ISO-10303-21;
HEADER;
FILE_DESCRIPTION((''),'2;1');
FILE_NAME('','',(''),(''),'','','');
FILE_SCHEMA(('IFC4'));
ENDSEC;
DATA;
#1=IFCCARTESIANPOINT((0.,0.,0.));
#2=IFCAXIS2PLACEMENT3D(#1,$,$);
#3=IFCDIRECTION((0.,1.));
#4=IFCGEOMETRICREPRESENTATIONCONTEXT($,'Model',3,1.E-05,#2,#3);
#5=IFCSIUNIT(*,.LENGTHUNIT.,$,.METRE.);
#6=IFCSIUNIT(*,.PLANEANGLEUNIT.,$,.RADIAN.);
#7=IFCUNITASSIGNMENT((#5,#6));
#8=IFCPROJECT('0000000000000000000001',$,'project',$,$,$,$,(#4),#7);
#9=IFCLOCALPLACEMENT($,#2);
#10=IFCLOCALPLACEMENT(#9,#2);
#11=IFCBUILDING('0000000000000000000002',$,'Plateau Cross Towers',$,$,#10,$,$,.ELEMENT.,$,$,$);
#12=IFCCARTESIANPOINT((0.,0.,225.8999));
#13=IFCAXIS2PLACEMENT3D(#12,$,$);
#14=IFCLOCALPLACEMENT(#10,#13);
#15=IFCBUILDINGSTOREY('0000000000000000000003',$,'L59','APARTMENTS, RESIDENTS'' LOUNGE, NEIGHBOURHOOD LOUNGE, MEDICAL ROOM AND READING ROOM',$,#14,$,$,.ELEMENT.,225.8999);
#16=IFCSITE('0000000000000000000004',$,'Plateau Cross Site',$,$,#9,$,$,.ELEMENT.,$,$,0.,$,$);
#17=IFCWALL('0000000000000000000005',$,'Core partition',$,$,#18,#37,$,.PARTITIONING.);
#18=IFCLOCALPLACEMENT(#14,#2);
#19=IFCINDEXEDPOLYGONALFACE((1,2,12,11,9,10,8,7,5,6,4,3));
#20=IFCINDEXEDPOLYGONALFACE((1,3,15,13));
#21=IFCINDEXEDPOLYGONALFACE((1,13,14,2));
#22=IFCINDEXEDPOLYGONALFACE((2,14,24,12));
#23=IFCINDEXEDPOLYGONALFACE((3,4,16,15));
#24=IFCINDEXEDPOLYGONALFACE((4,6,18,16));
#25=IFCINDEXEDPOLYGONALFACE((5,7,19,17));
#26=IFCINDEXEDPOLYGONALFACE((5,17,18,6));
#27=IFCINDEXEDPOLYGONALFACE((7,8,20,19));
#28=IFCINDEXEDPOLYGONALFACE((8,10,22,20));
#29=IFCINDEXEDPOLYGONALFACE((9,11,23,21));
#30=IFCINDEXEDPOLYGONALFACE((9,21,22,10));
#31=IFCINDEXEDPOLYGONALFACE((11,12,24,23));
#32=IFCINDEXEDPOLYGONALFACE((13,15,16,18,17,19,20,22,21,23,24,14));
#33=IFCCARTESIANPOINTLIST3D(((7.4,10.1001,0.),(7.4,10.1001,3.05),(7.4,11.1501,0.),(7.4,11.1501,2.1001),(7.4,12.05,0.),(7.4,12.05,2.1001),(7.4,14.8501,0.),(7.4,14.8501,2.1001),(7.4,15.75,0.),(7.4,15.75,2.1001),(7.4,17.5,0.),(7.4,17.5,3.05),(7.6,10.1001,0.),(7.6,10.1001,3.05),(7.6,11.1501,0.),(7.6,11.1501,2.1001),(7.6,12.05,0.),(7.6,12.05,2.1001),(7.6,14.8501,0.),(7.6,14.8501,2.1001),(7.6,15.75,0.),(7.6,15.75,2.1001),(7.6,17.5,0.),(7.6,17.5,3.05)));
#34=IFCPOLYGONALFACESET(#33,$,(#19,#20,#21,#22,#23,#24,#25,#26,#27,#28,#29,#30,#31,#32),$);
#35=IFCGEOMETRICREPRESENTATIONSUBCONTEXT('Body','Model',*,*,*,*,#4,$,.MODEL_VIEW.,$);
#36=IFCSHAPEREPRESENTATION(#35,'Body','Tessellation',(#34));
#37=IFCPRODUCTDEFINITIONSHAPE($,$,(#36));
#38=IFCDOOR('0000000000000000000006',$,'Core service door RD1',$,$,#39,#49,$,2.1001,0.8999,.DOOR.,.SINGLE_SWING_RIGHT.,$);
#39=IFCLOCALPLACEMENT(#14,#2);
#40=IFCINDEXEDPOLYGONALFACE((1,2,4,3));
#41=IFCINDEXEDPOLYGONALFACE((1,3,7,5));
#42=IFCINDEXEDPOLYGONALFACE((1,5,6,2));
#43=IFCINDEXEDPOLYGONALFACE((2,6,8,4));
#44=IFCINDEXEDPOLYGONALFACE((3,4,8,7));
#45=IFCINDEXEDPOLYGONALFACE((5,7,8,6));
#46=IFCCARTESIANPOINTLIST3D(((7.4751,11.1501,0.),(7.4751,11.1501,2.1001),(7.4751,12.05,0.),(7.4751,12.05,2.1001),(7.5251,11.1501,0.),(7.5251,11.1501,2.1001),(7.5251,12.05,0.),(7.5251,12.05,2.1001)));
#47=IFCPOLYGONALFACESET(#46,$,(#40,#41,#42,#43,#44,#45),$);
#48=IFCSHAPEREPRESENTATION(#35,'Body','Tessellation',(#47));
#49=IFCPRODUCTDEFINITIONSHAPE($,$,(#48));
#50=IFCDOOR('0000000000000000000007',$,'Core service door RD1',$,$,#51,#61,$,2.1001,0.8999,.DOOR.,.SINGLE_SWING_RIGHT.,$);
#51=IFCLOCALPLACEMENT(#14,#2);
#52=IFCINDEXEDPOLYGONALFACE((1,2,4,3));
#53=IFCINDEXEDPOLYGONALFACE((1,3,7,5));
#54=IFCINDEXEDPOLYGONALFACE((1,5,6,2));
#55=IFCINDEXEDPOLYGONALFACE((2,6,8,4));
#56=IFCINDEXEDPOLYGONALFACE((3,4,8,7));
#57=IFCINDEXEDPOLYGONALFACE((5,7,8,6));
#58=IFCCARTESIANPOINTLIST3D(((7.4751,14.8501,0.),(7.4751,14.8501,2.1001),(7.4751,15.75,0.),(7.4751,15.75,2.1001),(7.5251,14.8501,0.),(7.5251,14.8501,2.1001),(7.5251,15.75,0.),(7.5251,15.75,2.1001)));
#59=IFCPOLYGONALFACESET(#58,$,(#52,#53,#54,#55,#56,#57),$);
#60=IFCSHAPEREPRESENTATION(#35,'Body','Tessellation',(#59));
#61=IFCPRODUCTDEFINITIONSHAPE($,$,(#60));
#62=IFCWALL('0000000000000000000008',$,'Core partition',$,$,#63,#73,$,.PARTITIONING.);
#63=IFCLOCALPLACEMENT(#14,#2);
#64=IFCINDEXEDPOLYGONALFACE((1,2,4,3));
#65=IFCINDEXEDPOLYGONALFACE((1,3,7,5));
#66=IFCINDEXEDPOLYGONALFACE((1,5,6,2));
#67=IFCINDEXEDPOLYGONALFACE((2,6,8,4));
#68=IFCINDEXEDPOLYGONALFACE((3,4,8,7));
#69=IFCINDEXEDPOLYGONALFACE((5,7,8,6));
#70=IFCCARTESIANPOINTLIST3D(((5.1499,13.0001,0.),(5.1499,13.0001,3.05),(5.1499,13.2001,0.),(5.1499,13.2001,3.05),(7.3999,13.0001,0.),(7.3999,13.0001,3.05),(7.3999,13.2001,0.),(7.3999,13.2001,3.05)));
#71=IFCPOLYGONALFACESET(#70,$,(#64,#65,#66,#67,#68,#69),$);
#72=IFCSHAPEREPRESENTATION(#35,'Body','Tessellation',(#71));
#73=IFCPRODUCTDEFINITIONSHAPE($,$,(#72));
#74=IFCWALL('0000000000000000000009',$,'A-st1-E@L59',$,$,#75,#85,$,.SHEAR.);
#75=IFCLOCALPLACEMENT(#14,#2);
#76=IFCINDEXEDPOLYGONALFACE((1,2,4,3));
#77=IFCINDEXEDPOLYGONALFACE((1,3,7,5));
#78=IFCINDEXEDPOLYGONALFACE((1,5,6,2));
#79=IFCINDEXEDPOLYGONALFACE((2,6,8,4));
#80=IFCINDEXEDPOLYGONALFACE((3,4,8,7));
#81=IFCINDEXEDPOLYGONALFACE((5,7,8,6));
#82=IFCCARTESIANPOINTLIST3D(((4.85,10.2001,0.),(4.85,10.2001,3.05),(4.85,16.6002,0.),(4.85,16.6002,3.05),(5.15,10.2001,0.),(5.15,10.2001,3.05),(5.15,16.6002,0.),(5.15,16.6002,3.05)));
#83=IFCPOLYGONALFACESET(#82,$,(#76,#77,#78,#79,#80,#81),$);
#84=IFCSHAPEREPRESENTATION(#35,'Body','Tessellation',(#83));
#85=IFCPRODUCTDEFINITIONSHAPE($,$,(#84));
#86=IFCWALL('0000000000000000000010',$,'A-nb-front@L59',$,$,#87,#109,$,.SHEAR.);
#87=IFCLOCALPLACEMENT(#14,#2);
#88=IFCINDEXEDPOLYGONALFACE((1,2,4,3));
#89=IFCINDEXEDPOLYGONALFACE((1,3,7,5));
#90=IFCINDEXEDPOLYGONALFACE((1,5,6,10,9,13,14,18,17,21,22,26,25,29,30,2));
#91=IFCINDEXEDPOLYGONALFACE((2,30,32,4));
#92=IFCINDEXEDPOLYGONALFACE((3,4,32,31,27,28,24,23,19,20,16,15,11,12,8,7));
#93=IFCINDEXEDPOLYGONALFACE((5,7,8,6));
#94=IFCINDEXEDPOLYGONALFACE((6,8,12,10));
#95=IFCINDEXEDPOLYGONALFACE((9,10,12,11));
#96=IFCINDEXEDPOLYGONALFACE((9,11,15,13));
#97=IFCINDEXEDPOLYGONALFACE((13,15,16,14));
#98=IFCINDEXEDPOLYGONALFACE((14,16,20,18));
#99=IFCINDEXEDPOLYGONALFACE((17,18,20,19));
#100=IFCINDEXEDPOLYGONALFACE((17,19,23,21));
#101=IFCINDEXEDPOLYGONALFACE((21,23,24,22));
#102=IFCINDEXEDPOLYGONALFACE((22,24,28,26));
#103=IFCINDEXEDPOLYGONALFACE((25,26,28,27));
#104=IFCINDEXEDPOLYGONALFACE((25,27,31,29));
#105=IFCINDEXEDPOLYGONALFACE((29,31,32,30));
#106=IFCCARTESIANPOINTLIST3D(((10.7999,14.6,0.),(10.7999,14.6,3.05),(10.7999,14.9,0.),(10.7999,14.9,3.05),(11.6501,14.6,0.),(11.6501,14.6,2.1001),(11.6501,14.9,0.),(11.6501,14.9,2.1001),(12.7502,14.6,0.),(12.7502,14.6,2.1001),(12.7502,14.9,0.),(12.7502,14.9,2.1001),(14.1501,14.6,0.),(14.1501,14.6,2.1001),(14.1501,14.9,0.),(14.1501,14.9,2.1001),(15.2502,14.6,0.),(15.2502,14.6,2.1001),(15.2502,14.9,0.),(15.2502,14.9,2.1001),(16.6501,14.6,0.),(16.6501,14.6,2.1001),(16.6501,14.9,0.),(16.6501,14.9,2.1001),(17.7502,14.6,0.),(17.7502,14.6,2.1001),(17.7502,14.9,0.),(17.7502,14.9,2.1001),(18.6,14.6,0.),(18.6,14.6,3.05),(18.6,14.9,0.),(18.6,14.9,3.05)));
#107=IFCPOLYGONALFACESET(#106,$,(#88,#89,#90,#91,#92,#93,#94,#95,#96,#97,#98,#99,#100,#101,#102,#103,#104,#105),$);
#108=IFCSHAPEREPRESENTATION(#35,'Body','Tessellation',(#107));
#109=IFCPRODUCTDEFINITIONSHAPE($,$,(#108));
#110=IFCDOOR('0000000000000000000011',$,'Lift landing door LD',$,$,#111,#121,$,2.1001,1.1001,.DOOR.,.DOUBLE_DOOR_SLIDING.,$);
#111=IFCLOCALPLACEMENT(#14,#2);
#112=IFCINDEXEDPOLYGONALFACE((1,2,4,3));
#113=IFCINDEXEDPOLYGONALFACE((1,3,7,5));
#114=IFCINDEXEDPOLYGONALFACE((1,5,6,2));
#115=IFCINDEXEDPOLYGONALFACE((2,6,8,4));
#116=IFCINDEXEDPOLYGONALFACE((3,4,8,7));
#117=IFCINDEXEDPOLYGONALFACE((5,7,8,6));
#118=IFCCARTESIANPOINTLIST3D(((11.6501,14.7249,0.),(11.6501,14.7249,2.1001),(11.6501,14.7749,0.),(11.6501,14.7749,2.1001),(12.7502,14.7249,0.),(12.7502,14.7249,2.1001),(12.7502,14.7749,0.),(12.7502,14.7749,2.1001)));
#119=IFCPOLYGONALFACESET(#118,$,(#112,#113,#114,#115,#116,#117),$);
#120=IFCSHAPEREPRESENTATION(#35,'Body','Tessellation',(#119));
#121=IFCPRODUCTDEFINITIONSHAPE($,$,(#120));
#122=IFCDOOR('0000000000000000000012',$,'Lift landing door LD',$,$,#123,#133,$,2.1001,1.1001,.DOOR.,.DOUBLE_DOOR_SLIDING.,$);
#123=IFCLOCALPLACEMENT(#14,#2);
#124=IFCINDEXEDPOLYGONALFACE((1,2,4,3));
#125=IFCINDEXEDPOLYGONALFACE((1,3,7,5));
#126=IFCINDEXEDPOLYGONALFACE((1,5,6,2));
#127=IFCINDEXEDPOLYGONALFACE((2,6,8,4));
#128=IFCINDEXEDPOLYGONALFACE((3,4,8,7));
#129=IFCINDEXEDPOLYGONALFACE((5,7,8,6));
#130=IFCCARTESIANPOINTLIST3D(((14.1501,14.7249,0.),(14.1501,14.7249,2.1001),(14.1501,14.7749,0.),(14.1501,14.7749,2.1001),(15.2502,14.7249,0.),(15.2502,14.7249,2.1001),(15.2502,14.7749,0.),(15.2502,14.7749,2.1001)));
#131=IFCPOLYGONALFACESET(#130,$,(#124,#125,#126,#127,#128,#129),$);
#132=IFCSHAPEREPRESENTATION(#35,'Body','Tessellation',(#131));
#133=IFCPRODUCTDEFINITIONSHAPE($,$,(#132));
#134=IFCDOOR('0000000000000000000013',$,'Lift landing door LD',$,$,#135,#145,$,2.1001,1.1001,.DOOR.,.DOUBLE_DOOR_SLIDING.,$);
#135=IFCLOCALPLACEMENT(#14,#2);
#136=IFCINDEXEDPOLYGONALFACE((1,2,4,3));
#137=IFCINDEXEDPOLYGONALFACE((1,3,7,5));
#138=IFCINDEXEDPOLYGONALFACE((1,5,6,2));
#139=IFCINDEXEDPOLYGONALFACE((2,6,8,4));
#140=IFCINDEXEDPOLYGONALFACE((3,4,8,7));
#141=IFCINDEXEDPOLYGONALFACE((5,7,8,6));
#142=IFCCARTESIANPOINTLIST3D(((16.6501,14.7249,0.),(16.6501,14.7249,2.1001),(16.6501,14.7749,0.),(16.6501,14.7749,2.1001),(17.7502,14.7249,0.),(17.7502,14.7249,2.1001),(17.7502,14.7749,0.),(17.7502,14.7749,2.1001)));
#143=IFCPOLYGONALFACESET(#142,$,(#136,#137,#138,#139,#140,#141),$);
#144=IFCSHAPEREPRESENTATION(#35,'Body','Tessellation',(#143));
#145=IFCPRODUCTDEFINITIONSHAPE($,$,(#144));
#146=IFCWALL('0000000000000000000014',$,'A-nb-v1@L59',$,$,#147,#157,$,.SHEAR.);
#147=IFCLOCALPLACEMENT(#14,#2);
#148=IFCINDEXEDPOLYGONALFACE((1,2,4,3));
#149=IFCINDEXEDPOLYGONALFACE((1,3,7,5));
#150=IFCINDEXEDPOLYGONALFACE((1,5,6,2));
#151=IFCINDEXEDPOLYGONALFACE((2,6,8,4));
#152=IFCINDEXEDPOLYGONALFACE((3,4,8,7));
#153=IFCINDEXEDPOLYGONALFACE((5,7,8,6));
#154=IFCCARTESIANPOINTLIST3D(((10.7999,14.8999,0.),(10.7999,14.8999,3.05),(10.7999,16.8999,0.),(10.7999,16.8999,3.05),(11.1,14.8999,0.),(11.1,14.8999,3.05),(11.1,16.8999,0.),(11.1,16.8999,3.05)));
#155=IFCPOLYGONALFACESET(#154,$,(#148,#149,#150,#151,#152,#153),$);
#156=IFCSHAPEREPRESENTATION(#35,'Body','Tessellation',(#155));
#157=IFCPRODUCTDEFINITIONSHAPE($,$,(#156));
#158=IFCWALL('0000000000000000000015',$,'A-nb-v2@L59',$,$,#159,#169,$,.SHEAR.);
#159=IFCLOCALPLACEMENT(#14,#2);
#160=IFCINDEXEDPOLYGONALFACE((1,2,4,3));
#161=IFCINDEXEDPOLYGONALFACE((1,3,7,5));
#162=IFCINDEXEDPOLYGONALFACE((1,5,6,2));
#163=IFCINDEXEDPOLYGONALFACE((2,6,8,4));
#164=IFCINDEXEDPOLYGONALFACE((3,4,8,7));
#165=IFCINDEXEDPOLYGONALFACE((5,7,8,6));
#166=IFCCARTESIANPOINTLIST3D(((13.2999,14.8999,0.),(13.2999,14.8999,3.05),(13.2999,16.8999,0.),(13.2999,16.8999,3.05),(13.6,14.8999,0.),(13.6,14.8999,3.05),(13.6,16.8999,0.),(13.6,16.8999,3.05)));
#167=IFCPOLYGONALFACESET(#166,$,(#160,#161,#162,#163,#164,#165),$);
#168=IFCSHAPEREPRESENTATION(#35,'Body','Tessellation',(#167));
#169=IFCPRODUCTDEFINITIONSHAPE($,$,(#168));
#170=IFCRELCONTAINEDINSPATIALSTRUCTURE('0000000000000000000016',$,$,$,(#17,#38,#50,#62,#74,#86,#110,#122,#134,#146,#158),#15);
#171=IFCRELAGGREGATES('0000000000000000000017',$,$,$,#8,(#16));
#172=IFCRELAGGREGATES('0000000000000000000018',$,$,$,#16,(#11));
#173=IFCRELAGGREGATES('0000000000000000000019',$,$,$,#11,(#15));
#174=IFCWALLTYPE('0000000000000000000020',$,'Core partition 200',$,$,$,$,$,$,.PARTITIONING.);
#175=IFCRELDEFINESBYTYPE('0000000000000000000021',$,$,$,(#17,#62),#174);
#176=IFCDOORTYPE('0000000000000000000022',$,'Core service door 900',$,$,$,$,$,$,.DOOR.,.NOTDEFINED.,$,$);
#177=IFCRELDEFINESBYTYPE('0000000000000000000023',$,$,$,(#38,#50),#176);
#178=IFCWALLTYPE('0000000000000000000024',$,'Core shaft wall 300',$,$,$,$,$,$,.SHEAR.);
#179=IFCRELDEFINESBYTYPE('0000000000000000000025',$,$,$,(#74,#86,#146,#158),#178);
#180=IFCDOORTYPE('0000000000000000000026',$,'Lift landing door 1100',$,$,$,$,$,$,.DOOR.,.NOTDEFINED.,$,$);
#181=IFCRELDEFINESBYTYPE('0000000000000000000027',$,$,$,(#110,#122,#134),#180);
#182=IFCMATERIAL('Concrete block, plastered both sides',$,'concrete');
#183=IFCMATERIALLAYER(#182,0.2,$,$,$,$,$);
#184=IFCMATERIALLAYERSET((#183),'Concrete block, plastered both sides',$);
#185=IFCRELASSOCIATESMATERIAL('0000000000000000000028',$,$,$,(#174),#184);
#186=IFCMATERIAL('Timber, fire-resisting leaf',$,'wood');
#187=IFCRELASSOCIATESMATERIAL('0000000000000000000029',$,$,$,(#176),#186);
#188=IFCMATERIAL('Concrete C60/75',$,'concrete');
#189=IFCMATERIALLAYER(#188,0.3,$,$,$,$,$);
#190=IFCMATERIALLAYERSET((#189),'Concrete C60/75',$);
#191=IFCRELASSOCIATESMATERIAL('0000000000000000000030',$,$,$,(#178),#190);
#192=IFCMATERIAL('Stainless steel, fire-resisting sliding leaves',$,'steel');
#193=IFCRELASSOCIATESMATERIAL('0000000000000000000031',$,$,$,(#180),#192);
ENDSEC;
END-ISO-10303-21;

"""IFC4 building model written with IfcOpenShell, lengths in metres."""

from ifc_helpers import new_model, si_unit, direction, frame, frame_2d, origin, place, context, subcontext, project, spatial, rectangle, extrude, material, layer, layer_set, type_object, element, fill, save


model = new_model("IFC4")

# Units and contexts
model_context = context("Model", 3, precision=1e-05, world=origin(), true_north=direction((0.0, 1.0)))
body_context = subcontext(model_context, "Body", "Model", "MODEL_VIEW")
ifc_project = project(units=[si_unit("LENGTHUNIT", "METRE"), si_unit("PLANEANGLEUNIT", "RADIAN")], contexts=[model_context])

# Site, building, storey
site_placement = place(None, origin())
site = spatial("IfcSite", under=ifc_project, at=site_placement, Name="Plateau Cross Site", CompositionType="ELEMENT", RefElevation=0.0)
building_placement = place(site_placement, origin())
building = spatial("IfcBuilding", under=site, at=building_placement, Name="Plateau Cross Towers", CompositionType="ELEMENT")
storey_placement = place(building_placement, frame((0.0, 0.0, 225.8999)))
storey = spatial("IfcBuildingStorey", under=building, at=storey_placement, Name="L59", Description="APARTMENTS, RESIDENTS' LOUNGE, NEIGHBOURHOOD LOUNGE, MEDICAL ROOM AND READING ROOM", CompositionType="ELEMENT", Elevation=225.8999)

# Shared definitions
ifc_material_1 = material(Name="Concrete block, plastered both sides", Category="concrete")
ifc_layer_1 = layer(ifc_material_1, 0.2)
ifc_layer_set_1 = layer_set([ifc_layer_1], Name="Concrete block, plastered both sides")
wall_type_1 = type_object("IfcWallType", Name="Core partition 200", PredefinedType="PARTITIONING", material=ifc_layer_set_1)

# Shared definitions
ifc_material_2 = material(Name="Timber, fire-resisting leaf", Category="wood")
door_type_1 = type_object("IfcDoorType", Name="Core service door 900", OperationType="NOTDEFINED", PredefinedType="DOOR", material=ifc_material_2)

# Wall, openings, doors
wall_1_placement = place(storey_placement, frame((7.5, 10.1001, 0.0), z_axis=(0.0, 0.0, 1.0), x_axis=(0.0, 1.0, 0.0)))
wall_1 = element("IfcWall", 1, at=wall_1_placement, inside=storey, type_object=wall_type_1, Name="Core partition", PredefinedType="PARTITIONING", context=body_context, shape_type="SweptSolid", body=[
    extrude(rectangle(XDim=7.3999, YDim=0.2, at=frame_2d((3.7, 0.0))), origin(), (0.0, 0.0, 1.0), 3.05),
])
opening_1_placement = place(wall_1_placement, frame((1.05, 0.0, 0.0)))
opening_1 = element("IfcOpeningElement", 2, at=opening_1_placement, cuts=wall_1, PredefinedType="OPENING", context=body_context, shape_type="SweptSolid", body=[
    extrude(rectangle(XDim=0.8999, YDim=2.1001, at=frame_2d((0.45, 1.05))), frame((0.0, 0.1099, 0.0), z_axis=(0.0, -1.0, 0.0), x_axis=(1.0, 0.0, 0.0)), (0.0, 0.0, 1.0), 0.22),
])
opening_2_placement = place(wall_1_placement, frame((4.75, 0.0, 0.0)))
opening_2 = element("IfcOpeningElement", 3, at=opening_2_placement, cuts=wall_1, PredefinedType="OPENING", context=body_context, shape_type="SweptSolid", body=[
    extrude(rectangle(XDim=0.8999, YDim=2.1001, at=frame_2d((0.45, 1.05))), frame((0.0, 0.1099, 0.0), z_axis=(0.0, -1.0, 0.0), x_axis=(1.0, 0.0, 0.0)), (0.0, 0.0, 1.0), 0.22),
])
door_1_placement = place(opening_1_placement, origin())
door_1 = element("IfcDoor", 4, at=door_1_placement, inside=storey, type_object=door_type_1, Name="Core service door RD1", OperationType="SINGLE_SWING_RIGHT", OverallHeight=2.1001, OverallWidth=0.8999, PredefinedType="DOOR", context=body_context, shape_type="SweptSolid", body=[
    extrude(rectangle(XDim=0.8999, YDim=2.1001, at=frame_2d((0.45, 1.05))), frame((0.0, 0.0249, 0.0), z_axis=(0.0, -1.0, 0.0), x_axis=(1.0, 0.0, 0.0)), (0.0, 0.0, 1.0), 0.05),
])
fill(opening_1, door_1)
door_2_placement = place(opening_2_placement, origin())
door_2 = element("IfcDoor", 5, at=door_2_placement, inside=storey, type_object=door_type_1, Name="Core service door RD1", OperationType="SINGLE_SWING_RIGHT", OverallHeight=2.1001, OverallWidth=0.8999, PredefinedType="DOOR", context=body_context, shape_type="SweptSolid", body=[
    extrude(rectangle(XDim=0.8999, YDim=2.1001, at=frame_2d((0.45, 1.05))), frame((0.0, 0.0249, 0.0), z_axis=(0.0, -1.0, 0.0), x_axis=(1.0, 0.0, 0.0)), (0.0, 0.0, 1.0), 0.05),
])
fill(opening_2, door_2)

# Walls
wall_2_placement = place(storey_placement, frame((5.1499, 13.1001, 0.0), z_axis=(0.0, 0.0, 1.0), x_axis=(1.0, 0.0, 0.0)))
element("IfcWall", 6, at=wall_2_placement, inside=storey, type_object=wall_type_1, Name="Core partition", PredefinedType="PARTITIONING", context=body_context, shape_type="SweptSolid", body=[
    extrude(rectangle(XDim=2.25, YDim=0.2, at=frame_2d((1.125, 0.0))), origin(), (0.0, 0.0, 1.0), 3.05),
])
ifc_material_3 = material(Name="Concrete C60/75", Category="concrete")
ifc_layer_2 = layer(ifc_material_3, 0.3)
ifc_layer_set_2 = layer_set([ifc_layer_2], Name="Concrete C60/75")
wall_type_2 = type_object("IfcWallType", Name="Core shaft wall 300", PredefinedType="SHEAR", material=ifc_layer_set_2)
wall_3_placement = place(storey_placement, frame((5.0, 10.2, 0.0), z_axis=(0.0, 0.0, 1.0), x_axis=(0.0, 1.0, 0.0)))
element("IfcWall", 7, at=wall_3_placement, inside=storey, type_object=wall_type_2, Name="A-st1-E@L59", PredefinedType="SHEAR", context=body_context, shape_type="SweptSolid", body=[
    extrude(rectangle(XDim=6.4001, YDim=0.3, at=frame_2d((3.2002, 0.0))), origin(), (0.0, 0.0, 1.0), 3.05),
])

# Wall, openings, doors
wall_4_placement = place(storey_placement, frame((10.8, 14.75, 0.0), z_axis=(0.0, 0.0, 1.0), x_axis=(1.0, 0.0, 0.0)))
wall_4 = element("IfcWall", 8, at=wall_4_placement, inside=storey, type_object=wall_type_2, Name="A-nb-front@L59", PredefinedType="SHEAR", context=body_context, shape_type="SweptSolid", body=[
    extrude(rectangle(XDim=7.8, YDim=0.3, at=frame_2d((3.8999, 0.0))), origin(), (0.0, 0.0, 1.0), 3.05),
])
opening_3_placement = place(wall_4_placement, frame((0.8501, 0.0, 0.0)))
opening_3 = element("IfcOpeningElement", 9, at=opening_3_placement, cuts=wall_4, PredefinedType="OPENING", context=body_context, shape_type="SweptSolid", body=[
    extrude(rectangle(XDim=1.1001, YDim=2.1001, at=frame_2d((0.55, 1.05))), frame((0.0, 0.1599, 0.0), z_axis=(0.0, -1.0, 0.0), x_axis=(1.0, 0.0, 0.0)), (0.0, 0.0, 1.0), 0.3201),
])
opening_4_placement = place(wall_4_placement, frame((3.3501, 0.0, 0.0)))
opening_4 = element("IfcOpeningElement", 10, at=opening_4_placement, cuts=wall_4, PredefinedType="OPENING", context=body_context, shape_type="SweptSolid", body=[
    extrude(rectangle(XDim=1.1001, YDim=2.1001, at=frame_2d((0.55, 1.05))), frame((0.0, 0.1599, 0.0), z_axis=(0.0, -1.0, 0.0), x_axis=(1.0, 0.0, 0.0)), (0.0, 0.0, 1.0), 0.3201),
])
opening_5_placement = place(wall_4_placement, frame((5.8501, 0.0, 0.0)))
opening_5 = element("IfcOpeningElement", 11, at=opening_5_placement, cuts=wall_4, PredefinedType="OPENING", context=body_context, shape_type="SweptSolid", body=[
    extrude(rectangle(XDim=1.1001, YDim=2.1001, at=frame_2d((0.55, 1.05))), frame((0.0, 0.1599, 0.0), z_axis=(0.0, -1.0, 0.0), x_axis=(1.0, 0.0, 0.0)), (0.0, 0.0, 1.0), 0.3201),
])
ifc_material_4 = material(Name="Stainless steel, fire-resisting sliding leaves", Category="steel")
door_type_2 = type_object("IfcDoorType", Name="Lift landing door 1100", OperationType="NOTDEFINED", PredefinedType="DOOR", material=ifc_material_4)
door_3_placement = place(opening_3_placement, origin())
door_3 = element("IfcDoor", 12, at=door_3_placement, inside=storey, type_object=door_type_2, Name="Lift landing door LD", OperationType="DOUBLE_DOOR_SLIDING", OverallHeight=2.1001, OverallWidth=1.1001, PredefinedType="DOOR", context=body_context, shape_type="SweptSolid", body=[
    extrude(rectangle(XDim=1.1001, YDim=2.1001, at=frame_2d((0.55, 1.05))), frame((0.0, 0.0249, 0.0), z_axis=(0.0, -1.0, 0.0), x_axis=(1.0, 0.0, 0.0)), (0.0, 0.0, 1.0), 0.05),
])
fill(opening_3, door_3)
door_4_placement = place(opening_4_placement, origin())
door_4 = element("IfcDoor", 13, at=door_4_placement, inside=storey, type_object=door_type_2, Name="Lift landing door LD", OperationType="DOUBLE_DOOR_SLIDING", OverallHeight=2.1001, OverallWidth=1.1001, PredefinedType="DOOR", context=body_context, shape_type="SweptSolid", body=[
    extrude(rectangle(XDim=1.1001, YDim=2.1001, at=frame_2d((0.55, 1.05))), frame((0.0, 0.0249, 0.0), z_axis=(0.0, -1.0, 0.0), x_axis=(1.0, 0.0, 0.0)), (0.0, 0.0, 1.0), 0.05),
])
fill(opening_4, door_4)
door_5_placement = place(opening_5_placement, origin())
door_5 = element("IfcDoor", 14, at=door_5_placement, inside=storey, type_object=door_type_2, Name="Lift landing door LD", OperationType="DOUBLE_DOOR_SLIDING", OverallHeight=2.1001, OverallWidth=1.1001, PredefinedType="DOOR", context=body_context, shape_type="SweptSolid", body=[
    extrude(rectangle(XDim=1.1001, YDim=2.1001, at=frame_2d((0.55, 1.05))), frame((0.0, 0.0249, 0.0), z_axis=(0.0, -1.0, 0.0), x_axis=(1.0, 0.0, 0.0)), (0.0, 0.0, 1.0), 0.05),
])
fill(opening_5, door_5)

# Walls
for number, where, z_axis, x_axis, name in (
    (15, (10.95, 14.8999, 0.0), (0.0, 0.0, 1.0), (0.0, 1.0, 0.0), "A-nb-v1@L59"),
    (16, (13.45, 14.8999, 0.0), (0.0, 0.0, 1.0), (0.0, 1.0, 0.0), "A-nb-v2@L59"),
):
    element("IfcWall", number, at=place(storey_placement, frame(where, z_axis=z_axis, x_axis=x_axis)), inside=storey, type_object=wall_type_2, Name=name, PredefinedType="SHEAR", context=body_context, shape_type="SweptSolid", body=[
        extrude(rectangle(XDim=2.0, YDim=0.3, at=frame_2d((1.0, 0.0))), origin(), (0.0, 0.0, 1.0), 3.05),
    ])

save(model, "model.ifc")
